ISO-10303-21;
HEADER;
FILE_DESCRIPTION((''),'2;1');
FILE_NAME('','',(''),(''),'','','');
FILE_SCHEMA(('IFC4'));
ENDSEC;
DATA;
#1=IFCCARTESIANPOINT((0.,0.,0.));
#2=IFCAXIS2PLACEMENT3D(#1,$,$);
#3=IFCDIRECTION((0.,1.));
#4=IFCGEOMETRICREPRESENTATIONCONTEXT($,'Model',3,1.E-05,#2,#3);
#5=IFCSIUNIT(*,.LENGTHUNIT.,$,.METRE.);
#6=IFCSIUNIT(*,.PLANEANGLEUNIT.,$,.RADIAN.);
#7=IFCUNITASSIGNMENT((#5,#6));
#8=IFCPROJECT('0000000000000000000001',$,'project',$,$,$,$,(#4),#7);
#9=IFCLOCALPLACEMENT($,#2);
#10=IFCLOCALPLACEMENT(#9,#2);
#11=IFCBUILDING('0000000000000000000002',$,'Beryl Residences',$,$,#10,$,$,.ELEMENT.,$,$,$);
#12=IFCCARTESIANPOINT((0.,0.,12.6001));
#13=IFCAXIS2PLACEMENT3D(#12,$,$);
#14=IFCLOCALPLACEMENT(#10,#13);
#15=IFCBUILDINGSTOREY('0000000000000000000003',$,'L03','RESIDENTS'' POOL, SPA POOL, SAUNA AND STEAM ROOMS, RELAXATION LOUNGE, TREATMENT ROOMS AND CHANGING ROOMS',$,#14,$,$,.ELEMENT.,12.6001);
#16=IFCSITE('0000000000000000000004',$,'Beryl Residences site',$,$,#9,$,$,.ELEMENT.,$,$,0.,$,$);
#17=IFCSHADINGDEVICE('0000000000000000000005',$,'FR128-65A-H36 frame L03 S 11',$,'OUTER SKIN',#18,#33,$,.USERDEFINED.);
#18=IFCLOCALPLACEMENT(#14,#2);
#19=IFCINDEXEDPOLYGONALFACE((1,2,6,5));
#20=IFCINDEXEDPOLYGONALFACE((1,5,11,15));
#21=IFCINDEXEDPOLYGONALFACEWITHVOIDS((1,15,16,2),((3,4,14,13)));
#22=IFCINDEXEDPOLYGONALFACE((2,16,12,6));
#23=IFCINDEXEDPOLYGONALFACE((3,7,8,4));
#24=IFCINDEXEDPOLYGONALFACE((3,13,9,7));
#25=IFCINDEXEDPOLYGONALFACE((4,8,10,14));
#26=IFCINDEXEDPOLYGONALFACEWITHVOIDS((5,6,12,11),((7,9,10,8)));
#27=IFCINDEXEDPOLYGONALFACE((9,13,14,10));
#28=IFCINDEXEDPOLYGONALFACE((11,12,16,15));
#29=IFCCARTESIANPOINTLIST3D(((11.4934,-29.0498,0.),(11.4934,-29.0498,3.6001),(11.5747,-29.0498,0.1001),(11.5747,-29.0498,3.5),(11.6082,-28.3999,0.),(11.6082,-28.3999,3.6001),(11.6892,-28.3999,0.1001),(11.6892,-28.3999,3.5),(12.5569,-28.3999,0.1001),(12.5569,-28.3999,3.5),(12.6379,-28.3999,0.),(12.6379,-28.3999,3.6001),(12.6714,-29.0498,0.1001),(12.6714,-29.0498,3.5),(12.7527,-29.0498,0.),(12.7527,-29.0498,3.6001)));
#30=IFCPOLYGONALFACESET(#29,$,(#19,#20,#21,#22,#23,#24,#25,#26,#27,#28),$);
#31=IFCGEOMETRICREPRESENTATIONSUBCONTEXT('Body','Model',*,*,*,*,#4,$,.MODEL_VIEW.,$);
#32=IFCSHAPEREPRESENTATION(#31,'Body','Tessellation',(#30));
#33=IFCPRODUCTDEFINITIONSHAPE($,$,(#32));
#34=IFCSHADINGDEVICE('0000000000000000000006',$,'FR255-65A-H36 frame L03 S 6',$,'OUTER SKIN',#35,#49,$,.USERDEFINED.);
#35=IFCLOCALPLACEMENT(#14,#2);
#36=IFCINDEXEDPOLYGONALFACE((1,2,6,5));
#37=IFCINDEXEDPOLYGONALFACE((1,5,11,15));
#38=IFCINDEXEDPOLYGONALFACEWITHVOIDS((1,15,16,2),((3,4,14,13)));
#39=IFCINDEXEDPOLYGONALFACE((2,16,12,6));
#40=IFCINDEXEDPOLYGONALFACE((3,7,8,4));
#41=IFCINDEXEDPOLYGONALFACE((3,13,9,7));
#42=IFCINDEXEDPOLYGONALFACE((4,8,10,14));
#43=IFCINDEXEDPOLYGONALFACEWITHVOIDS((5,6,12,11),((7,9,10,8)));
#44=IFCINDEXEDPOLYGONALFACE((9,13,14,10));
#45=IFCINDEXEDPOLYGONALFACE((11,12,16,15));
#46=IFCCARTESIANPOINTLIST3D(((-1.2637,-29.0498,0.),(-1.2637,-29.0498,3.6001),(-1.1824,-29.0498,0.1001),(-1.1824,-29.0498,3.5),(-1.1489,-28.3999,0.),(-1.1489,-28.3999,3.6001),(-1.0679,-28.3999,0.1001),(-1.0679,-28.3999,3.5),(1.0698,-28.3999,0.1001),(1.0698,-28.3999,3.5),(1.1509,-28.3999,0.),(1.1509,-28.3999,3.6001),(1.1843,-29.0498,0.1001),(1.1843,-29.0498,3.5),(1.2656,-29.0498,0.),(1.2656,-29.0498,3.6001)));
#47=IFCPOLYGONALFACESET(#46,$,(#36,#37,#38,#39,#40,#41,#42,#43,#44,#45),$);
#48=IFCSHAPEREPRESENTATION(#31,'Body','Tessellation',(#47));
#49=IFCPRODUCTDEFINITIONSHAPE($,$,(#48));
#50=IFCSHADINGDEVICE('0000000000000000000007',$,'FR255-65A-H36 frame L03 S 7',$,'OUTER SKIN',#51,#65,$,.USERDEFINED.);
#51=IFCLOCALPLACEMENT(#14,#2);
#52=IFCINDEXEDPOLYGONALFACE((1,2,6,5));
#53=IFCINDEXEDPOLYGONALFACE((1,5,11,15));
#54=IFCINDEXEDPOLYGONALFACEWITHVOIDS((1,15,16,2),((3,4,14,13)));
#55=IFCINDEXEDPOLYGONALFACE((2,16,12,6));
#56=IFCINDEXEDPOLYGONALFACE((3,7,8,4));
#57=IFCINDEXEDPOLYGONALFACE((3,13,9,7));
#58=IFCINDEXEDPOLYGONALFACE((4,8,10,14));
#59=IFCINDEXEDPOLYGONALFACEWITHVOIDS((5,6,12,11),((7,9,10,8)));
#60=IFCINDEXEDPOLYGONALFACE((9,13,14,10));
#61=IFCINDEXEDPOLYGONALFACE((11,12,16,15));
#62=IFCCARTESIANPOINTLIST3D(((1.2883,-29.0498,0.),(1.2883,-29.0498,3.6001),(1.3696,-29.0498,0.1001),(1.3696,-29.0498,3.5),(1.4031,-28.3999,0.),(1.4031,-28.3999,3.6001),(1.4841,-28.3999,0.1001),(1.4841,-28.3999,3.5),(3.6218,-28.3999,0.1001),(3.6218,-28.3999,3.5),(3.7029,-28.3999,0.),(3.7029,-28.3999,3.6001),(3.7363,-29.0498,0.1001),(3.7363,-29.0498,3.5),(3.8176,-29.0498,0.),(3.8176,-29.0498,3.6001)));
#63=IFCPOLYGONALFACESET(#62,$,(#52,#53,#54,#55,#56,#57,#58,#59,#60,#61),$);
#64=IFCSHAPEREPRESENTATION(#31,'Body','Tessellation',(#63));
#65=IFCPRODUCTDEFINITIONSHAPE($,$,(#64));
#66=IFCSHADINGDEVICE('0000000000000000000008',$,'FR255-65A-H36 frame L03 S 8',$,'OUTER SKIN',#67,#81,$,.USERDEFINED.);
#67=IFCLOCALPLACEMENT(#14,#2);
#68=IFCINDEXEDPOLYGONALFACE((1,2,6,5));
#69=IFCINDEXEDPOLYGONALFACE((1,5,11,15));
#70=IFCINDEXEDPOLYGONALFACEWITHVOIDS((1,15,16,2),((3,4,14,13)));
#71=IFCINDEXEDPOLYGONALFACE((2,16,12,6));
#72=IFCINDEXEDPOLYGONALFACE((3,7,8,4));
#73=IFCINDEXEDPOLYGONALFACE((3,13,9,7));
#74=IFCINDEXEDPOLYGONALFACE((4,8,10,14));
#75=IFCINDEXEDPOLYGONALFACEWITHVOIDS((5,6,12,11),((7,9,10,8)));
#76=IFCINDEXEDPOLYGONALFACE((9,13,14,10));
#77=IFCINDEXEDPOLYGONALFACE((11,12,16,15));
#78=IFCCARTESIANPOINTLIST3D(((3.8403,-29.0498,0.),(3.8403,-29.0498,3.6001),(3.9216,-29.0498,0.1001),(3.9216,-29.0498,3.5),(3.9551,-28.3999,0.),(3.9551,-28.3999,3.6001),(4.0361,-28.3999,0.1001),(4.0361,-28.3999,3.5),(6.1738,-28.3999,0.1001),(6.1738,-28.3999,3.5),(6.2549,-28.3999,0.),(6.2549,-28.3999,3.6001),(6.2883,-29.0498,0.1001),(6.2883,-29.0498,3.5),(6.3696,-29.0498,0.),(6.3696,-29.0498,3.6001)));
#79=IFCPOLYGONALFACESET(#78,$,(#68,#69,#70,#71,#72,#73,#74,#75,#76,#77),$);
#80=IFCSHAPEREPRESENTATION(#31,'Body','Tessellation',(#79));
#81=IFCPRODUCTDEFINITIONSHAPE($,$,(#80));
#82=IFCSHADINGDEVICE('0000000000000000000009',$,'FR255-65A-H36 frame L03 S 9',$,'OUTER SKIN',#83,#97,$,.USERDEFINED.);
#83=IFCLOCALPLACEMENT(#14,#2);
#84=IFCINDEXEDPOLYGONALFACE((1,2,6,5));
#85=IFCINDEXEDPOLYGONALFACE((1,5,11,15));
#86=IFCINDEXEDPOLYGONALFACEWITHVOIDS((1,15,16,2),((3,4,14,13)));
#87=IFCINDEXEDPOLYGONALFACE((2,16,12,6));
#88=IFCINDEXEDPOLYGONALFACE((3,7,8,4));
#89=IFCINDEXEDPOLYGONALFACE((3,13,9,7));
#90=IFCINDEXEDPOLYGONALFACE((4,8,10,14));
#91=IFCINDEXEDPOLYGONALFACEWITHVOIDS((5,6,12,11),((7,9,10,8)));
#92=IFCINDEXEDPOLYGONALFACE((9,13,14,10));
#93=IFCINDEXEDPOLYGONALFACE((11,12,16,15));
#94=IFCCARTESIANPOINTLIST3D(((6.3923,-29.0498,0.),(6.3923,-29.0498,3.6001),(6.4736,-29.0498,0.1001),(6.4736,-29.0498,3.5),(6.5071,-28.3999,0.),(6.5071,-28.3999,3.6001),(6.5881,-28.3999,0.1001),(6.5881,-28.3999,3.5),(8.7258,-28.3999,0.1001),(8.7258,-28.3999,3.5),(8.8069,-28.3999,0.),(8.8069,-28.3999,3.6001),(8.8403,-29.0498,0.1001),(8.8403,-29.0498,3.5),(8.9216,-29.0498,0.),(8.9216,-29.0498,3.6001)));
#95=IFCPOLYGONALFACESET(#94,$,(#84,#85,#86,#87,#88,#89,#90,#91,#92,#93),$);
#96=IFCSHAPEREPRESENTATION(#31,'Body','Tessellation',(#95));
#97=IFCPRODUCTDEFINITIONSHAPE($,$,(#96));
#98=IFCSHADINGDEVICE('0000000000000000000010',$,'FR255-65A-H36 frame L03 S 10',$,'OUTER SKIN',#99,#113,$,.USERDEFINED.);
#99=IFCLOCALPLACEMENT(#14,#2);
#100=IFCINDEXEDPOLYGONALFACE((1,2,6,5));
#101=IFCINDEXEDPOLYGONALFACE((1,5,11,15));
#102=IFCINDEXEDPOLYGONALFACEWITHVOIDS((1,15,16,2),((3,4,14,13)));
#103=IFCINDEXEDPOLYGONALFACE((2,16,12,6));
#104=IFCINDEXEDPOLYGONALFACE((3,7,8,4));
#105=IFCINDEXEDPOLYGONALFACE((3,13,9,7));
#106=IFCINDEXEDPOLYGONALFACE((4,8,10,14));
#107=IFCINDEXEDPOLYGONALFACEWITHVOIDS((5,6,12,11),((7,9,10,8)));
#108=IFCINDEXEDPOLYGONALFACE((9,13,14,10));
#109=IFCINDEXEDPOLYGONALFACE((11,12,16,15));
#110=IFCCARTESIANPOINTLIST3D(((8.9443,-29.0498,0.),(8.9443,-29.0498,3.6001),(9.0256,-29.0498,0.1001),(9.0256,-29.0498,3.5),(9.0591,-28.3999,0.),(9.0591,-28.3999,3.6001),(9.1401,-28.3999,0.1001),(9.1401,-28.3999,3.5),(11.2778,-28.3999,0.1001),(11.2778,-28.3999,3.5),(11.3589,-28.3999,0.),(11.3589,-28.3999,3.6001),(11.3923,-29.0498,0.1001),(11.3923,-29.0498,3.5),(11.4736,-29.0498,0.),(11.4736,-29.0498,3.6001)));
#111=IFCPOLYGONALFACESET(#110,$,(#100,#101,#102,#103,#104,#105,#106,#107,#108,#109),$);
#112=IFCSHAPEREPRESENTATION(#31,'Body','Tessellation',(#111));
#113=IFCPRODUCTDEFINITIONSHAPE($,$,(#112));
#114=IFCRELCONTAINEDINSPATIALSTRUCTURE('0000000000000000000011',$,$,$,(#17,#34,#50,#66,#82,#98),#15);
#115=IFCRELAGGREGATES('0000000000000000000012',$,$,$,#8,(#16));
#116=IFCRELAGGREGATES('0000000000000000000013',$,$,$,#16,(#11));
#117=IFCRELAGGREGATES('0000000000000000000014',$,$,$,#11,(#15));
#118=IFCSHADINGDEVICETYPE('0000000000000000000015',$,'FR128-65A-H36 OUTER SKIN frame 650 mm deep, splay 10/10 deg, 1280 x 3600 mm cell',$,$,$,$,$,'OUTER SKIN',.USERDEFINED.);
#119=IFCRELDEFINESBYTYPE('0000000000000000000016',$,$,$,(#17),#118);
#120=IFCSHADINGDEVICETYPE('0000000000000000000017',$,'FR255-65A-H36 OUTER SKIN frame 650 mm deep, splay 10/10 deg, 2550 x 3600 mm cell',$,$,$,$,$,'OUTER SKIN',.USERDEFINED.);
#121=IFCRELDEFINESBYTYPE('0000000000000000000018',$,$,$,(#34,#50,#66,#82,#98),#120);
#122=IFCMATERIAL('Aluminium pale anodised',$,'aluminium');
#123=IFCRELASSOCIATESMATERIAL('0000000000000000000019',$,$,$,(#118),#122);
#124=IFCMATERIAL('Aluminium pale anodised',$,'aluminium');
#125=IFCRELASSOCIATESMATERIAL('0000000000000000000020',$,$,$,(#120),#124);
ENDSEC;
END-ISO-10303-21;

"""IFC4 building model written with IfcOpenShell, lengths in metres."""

from ifc_helpers import new_model, entity, si_unit, direction, frame, origin, place, context, subcontext, project, spatial, source, transform, mapped, material, type_object, type_shapes, element, save


model = new_model("IFC4")

# Units and contexts
model_context = context("Model", 3, precision=1e-05, world=origin(), true_north=direction((0.0, 1.0)))
body_context = subcontext(model_context, "Body", "Model", "MODEL_VIEW")
ifc_project = project(units=[si_unit("LENGTHUNIT", "METRE"), si_unit("PLANEANGLEUNIT", "RADIAN")], contexts=[model_context])

# Site, building, storey
site_placement = place(None, origin())
site = spatial("IfcSite", under=ifc_project, at=site_placement, Name="Beryl Residences site", CompositionType="ELEMENT", RefElevation=0.0)
building_placement = place(site_placement, origin())
building = spatial("IfcBuilding", under=site, at=building_placement, Name="Beryl Residences", CompositionType="ELEMENT")
storey_placement = place(building_placement, frame((0.0, 0.0, 12.6001)))
storey = spatial("IfcBuildingStorey", under=building, at=storey_placement, Name="L03", Description="RESIDENTS' POOL, SPA POOL, SAUNA AND STEAM ROOMS, RELAXATION LOUNGE, TREATMENT ROOMS AND CHANGING ROOMS", CompositionType="ELEMENT", Elevation=12.6001)

# Shading devices
ifc_material_1 = material(Name="Aluminium pale anodised", Category="aluminium")
shading_device_type_1 = type_object("IfcShadingDeviceType", Name="FR128-65A-H36 OUTER SKIN frame 650 mm deep, splay 10/10 deg, 1280 x 3600 mm cell", ElementType="OUTER SKIN", PredefinedType="USERDEFINED", material=ifc_material_1)
cartesian_point_1 = entity("IfcCartesianPoint", [-0.5149, 0.0])
cartesian_point_2 = entity("IfcCartesianPoint", [-0.4338, 0.1001])
cartesian_point_3 = entity("IfcCartesianPoint", [-0.6296, 0.0])
cartesian_point_4 = entity("IfcCartesianPoint", [-0.5483, 0.1001])
shared_shape_1 = source(origin(), body_context, "Body", "SweptSolid", [
    entity("IfcExtrudedAreaSolidTapered", entity("IfcArbitraryProfileDefWithVoids", "AREA", None, entity("IfcPolyline", [cartesian_point_1, entity("IfcCartesianPoint", [0.5149, 0.0]), entity("IfcCartesianPoint", [0.5149, 3.6001]), entity("IfcCartesianPoint", [-0.5149, 3.6001]), cartesian_point_1]), [entity("IfcPolyline", [cartesian_point_2, entity("IfcCartesianPoint", [0.4338, 0.1001]), entity("IfcCartesianPoint", [0.4338, 3.5]), entity("IfcCartesianPoint", [-0.4338, 3.5]), cartesian_point_2])]), entity("IfcAxis2Placement3D", entity("IfcCartesianPoint", [0.0, 0.0, 0.0]), entity("IfcDirection", [0.0, 1.0, 0.0]), entity("IfcDirection", [-1.0, 0.0, 0.0])), entity("IfcDirection", [0.0, 0.0, 1.0]), 0.6499, entity("IfcArbitraryProfileDefWithVoids", "AREA", None, entity("IfcPolyline", [cartesian_point_3, entity("IfcCartesianPoint", [0.6296, 0.0]), entity("IfcCartesianPoint", [0.6296, 3.6001]), entity("IfcCartesianPoint", [-0.6296, 3.6001]), cartesian_point_3]), [entity("IfcPolyline", [cartesian_point_4, entity("IfcCartesianPoint", [0.5483, 0.1001]), entity("IfcCartesianPoint", [0.5483, 3.5]), entity("IfcCartesianPoint", [-0.5483, 3.5]), cartesian_point_4])])),
])
type_shapes(shading_device_type_1, [shared_shape_1])
shading_device_placement = place(storey_placement, frame((12.123, -28.3999, 0.0), z_axis=(0.0, 0.0, 1.0), x_axis=(-1.0, 0.0, 0.0)))
element("IfcShadingDevice", 1, at=shading_device_placement, inside=storey, type_object=shading_device_type_1, Name="FR128-65A-H36 frame L03 S 11", ObjectType="OUTER SKIN", PredefinedType="USERDEFINED", context=body_context, shape_type="MappedRepresentation", body=[
    mapped(shared_shape_1, transform((0.0, 0.0, 0.0))),
])
ifc_material_2 = material(Name="Aluminium pale anodised", Category="aluminium")
shading_device_type_2 = type_object("IfcShadingDeviceType", Name="FR255-65A-H36 OUTER SKIN frame 650 mm deep, splay 10/10 deg, 2550 x 3600 mm cell", ElementType="OUTER SKIN", PredefinedType="USERDEFINED", material=ifc_material_2)
cartesian_point_5 = entity("IfcCartesianPoint", [-1.1499, 0.0])
cartesian_point_6 = entity("IfcCartesianPoint", [-1.0688, 0.1001])
cartesian_point_7 = entity("IfcCartesianPoint", [-1.2646, 0.0])
cartesian_point_8 = entity("IfcCartesianPoint", [-1.1833, 0.1001])
shared_shape_2 = source(origin(), body_context, "Body", "SweptSolid", [
    entity("IfcExtrudedAreaSolidTapered", entity("IfcArbitraryProfileDefWithVoids", "AREA", None, entity("IfcPolyline", [cartesian_point_5, entity("IfcCartesianPoint", [1.1499, 0.0]), entity("IfcCartesianPoint", [1.1499, 3.6001]), entity("IfcCartesianPoint", [-1.1499, 3.6001]), cartesian_point_5]), [entity("IfcPolyline", [cartesian_point_6, entity("IfcCartesianPoint", [1.0688, 0.1001]), entity("IfcCartesianPoint", [1.0688, 3.5]), entity("IfcCartesianPoint", [-1.0688, 3.5]), cartesian_point_6])]), entity("IfcAxis2Placement3D", entity("IfcCartesianPoint", [0.0, 0.0, 0.0]), entity("IfcDirection", [0.0, 1.0, 0.0]), entity("IfcDirection", [-1.0, 0.0, 0.0])), entity("IfcDirection", [0.0, 0.0, 1.0]), 0.6499, entity("IfcArbitraryProfileDefWithVoids", "AREA", None, entity("IfcPolyline", [cartesian_point_7, entity("IfcCartesianPoint", [1.2646, 0.0]), entity("IfcCartesianPoint", [1.2646, 3.6001]), entity("IfcCartesianPoint", [-1.2646, 3.6001]), cartesian_point_7]), [entity("IfcPolyline", [cartesian_point_8, entity("IfcCartesianPoint", [1.1833, 0.1001]), entity("IfcCartesianPoint", [1.1833, 3.5]), entity("IfcCartesianPoint", [-1.1833, 3.5]), cartesian_point_8])])),
])
type_shapes(shading_device_type_2, [shared_shape_2])
for number, where, z_axis, x_axis, name in (
    (2, (0.001, -28.3999, 0.0), (0.0, 0.0, 1.0), (-1.0, 0.0, 0.0), "FR255-65A-H36 frame L03 S 6"),
    (3, (2.553, -28.3999, 0.0), (0.0, 0.0, 1.0), (-1.0, 0.0, 0.0), "FR255-65A-H36 frame L03 S 7"),
    (4, (5.105, -28.3999, 0.0), (0.0, 0.0, 1.0), (-1.0, 0.0, 0.0), "FR255-65A-H36 frame L03 S 8"),
    (5, (7.657, -28.3999, 0.0), (0.0, 0.0, 1.0), (-1.0, 0.0, 0.0), "FR255-65A-H36 frame L03 S 9"),
    (6, (10.209, -28.3999, 0.0), (0.0, 0.0, 1.0), (-1.0, 0.0, 0.0), "FR255-65A-H36 frame L03 S 10"),
):
    element("IfcShadingDevice", number, at=place(storey_placement, frame(where, z_axis=z_axis, x_axis=x_axis)), inside=storey, type_object=shading_device_type_2, Name=name, ObjectType="OUTER SKIN", PredefinedType="USERDEFINED", context=body_context, shape_type="MappedRepresentation", body=[
        mapped(shared_shape_2, transform((0.0, 0.0, 0.0))),
    ])

save(model, "model.ifc")
